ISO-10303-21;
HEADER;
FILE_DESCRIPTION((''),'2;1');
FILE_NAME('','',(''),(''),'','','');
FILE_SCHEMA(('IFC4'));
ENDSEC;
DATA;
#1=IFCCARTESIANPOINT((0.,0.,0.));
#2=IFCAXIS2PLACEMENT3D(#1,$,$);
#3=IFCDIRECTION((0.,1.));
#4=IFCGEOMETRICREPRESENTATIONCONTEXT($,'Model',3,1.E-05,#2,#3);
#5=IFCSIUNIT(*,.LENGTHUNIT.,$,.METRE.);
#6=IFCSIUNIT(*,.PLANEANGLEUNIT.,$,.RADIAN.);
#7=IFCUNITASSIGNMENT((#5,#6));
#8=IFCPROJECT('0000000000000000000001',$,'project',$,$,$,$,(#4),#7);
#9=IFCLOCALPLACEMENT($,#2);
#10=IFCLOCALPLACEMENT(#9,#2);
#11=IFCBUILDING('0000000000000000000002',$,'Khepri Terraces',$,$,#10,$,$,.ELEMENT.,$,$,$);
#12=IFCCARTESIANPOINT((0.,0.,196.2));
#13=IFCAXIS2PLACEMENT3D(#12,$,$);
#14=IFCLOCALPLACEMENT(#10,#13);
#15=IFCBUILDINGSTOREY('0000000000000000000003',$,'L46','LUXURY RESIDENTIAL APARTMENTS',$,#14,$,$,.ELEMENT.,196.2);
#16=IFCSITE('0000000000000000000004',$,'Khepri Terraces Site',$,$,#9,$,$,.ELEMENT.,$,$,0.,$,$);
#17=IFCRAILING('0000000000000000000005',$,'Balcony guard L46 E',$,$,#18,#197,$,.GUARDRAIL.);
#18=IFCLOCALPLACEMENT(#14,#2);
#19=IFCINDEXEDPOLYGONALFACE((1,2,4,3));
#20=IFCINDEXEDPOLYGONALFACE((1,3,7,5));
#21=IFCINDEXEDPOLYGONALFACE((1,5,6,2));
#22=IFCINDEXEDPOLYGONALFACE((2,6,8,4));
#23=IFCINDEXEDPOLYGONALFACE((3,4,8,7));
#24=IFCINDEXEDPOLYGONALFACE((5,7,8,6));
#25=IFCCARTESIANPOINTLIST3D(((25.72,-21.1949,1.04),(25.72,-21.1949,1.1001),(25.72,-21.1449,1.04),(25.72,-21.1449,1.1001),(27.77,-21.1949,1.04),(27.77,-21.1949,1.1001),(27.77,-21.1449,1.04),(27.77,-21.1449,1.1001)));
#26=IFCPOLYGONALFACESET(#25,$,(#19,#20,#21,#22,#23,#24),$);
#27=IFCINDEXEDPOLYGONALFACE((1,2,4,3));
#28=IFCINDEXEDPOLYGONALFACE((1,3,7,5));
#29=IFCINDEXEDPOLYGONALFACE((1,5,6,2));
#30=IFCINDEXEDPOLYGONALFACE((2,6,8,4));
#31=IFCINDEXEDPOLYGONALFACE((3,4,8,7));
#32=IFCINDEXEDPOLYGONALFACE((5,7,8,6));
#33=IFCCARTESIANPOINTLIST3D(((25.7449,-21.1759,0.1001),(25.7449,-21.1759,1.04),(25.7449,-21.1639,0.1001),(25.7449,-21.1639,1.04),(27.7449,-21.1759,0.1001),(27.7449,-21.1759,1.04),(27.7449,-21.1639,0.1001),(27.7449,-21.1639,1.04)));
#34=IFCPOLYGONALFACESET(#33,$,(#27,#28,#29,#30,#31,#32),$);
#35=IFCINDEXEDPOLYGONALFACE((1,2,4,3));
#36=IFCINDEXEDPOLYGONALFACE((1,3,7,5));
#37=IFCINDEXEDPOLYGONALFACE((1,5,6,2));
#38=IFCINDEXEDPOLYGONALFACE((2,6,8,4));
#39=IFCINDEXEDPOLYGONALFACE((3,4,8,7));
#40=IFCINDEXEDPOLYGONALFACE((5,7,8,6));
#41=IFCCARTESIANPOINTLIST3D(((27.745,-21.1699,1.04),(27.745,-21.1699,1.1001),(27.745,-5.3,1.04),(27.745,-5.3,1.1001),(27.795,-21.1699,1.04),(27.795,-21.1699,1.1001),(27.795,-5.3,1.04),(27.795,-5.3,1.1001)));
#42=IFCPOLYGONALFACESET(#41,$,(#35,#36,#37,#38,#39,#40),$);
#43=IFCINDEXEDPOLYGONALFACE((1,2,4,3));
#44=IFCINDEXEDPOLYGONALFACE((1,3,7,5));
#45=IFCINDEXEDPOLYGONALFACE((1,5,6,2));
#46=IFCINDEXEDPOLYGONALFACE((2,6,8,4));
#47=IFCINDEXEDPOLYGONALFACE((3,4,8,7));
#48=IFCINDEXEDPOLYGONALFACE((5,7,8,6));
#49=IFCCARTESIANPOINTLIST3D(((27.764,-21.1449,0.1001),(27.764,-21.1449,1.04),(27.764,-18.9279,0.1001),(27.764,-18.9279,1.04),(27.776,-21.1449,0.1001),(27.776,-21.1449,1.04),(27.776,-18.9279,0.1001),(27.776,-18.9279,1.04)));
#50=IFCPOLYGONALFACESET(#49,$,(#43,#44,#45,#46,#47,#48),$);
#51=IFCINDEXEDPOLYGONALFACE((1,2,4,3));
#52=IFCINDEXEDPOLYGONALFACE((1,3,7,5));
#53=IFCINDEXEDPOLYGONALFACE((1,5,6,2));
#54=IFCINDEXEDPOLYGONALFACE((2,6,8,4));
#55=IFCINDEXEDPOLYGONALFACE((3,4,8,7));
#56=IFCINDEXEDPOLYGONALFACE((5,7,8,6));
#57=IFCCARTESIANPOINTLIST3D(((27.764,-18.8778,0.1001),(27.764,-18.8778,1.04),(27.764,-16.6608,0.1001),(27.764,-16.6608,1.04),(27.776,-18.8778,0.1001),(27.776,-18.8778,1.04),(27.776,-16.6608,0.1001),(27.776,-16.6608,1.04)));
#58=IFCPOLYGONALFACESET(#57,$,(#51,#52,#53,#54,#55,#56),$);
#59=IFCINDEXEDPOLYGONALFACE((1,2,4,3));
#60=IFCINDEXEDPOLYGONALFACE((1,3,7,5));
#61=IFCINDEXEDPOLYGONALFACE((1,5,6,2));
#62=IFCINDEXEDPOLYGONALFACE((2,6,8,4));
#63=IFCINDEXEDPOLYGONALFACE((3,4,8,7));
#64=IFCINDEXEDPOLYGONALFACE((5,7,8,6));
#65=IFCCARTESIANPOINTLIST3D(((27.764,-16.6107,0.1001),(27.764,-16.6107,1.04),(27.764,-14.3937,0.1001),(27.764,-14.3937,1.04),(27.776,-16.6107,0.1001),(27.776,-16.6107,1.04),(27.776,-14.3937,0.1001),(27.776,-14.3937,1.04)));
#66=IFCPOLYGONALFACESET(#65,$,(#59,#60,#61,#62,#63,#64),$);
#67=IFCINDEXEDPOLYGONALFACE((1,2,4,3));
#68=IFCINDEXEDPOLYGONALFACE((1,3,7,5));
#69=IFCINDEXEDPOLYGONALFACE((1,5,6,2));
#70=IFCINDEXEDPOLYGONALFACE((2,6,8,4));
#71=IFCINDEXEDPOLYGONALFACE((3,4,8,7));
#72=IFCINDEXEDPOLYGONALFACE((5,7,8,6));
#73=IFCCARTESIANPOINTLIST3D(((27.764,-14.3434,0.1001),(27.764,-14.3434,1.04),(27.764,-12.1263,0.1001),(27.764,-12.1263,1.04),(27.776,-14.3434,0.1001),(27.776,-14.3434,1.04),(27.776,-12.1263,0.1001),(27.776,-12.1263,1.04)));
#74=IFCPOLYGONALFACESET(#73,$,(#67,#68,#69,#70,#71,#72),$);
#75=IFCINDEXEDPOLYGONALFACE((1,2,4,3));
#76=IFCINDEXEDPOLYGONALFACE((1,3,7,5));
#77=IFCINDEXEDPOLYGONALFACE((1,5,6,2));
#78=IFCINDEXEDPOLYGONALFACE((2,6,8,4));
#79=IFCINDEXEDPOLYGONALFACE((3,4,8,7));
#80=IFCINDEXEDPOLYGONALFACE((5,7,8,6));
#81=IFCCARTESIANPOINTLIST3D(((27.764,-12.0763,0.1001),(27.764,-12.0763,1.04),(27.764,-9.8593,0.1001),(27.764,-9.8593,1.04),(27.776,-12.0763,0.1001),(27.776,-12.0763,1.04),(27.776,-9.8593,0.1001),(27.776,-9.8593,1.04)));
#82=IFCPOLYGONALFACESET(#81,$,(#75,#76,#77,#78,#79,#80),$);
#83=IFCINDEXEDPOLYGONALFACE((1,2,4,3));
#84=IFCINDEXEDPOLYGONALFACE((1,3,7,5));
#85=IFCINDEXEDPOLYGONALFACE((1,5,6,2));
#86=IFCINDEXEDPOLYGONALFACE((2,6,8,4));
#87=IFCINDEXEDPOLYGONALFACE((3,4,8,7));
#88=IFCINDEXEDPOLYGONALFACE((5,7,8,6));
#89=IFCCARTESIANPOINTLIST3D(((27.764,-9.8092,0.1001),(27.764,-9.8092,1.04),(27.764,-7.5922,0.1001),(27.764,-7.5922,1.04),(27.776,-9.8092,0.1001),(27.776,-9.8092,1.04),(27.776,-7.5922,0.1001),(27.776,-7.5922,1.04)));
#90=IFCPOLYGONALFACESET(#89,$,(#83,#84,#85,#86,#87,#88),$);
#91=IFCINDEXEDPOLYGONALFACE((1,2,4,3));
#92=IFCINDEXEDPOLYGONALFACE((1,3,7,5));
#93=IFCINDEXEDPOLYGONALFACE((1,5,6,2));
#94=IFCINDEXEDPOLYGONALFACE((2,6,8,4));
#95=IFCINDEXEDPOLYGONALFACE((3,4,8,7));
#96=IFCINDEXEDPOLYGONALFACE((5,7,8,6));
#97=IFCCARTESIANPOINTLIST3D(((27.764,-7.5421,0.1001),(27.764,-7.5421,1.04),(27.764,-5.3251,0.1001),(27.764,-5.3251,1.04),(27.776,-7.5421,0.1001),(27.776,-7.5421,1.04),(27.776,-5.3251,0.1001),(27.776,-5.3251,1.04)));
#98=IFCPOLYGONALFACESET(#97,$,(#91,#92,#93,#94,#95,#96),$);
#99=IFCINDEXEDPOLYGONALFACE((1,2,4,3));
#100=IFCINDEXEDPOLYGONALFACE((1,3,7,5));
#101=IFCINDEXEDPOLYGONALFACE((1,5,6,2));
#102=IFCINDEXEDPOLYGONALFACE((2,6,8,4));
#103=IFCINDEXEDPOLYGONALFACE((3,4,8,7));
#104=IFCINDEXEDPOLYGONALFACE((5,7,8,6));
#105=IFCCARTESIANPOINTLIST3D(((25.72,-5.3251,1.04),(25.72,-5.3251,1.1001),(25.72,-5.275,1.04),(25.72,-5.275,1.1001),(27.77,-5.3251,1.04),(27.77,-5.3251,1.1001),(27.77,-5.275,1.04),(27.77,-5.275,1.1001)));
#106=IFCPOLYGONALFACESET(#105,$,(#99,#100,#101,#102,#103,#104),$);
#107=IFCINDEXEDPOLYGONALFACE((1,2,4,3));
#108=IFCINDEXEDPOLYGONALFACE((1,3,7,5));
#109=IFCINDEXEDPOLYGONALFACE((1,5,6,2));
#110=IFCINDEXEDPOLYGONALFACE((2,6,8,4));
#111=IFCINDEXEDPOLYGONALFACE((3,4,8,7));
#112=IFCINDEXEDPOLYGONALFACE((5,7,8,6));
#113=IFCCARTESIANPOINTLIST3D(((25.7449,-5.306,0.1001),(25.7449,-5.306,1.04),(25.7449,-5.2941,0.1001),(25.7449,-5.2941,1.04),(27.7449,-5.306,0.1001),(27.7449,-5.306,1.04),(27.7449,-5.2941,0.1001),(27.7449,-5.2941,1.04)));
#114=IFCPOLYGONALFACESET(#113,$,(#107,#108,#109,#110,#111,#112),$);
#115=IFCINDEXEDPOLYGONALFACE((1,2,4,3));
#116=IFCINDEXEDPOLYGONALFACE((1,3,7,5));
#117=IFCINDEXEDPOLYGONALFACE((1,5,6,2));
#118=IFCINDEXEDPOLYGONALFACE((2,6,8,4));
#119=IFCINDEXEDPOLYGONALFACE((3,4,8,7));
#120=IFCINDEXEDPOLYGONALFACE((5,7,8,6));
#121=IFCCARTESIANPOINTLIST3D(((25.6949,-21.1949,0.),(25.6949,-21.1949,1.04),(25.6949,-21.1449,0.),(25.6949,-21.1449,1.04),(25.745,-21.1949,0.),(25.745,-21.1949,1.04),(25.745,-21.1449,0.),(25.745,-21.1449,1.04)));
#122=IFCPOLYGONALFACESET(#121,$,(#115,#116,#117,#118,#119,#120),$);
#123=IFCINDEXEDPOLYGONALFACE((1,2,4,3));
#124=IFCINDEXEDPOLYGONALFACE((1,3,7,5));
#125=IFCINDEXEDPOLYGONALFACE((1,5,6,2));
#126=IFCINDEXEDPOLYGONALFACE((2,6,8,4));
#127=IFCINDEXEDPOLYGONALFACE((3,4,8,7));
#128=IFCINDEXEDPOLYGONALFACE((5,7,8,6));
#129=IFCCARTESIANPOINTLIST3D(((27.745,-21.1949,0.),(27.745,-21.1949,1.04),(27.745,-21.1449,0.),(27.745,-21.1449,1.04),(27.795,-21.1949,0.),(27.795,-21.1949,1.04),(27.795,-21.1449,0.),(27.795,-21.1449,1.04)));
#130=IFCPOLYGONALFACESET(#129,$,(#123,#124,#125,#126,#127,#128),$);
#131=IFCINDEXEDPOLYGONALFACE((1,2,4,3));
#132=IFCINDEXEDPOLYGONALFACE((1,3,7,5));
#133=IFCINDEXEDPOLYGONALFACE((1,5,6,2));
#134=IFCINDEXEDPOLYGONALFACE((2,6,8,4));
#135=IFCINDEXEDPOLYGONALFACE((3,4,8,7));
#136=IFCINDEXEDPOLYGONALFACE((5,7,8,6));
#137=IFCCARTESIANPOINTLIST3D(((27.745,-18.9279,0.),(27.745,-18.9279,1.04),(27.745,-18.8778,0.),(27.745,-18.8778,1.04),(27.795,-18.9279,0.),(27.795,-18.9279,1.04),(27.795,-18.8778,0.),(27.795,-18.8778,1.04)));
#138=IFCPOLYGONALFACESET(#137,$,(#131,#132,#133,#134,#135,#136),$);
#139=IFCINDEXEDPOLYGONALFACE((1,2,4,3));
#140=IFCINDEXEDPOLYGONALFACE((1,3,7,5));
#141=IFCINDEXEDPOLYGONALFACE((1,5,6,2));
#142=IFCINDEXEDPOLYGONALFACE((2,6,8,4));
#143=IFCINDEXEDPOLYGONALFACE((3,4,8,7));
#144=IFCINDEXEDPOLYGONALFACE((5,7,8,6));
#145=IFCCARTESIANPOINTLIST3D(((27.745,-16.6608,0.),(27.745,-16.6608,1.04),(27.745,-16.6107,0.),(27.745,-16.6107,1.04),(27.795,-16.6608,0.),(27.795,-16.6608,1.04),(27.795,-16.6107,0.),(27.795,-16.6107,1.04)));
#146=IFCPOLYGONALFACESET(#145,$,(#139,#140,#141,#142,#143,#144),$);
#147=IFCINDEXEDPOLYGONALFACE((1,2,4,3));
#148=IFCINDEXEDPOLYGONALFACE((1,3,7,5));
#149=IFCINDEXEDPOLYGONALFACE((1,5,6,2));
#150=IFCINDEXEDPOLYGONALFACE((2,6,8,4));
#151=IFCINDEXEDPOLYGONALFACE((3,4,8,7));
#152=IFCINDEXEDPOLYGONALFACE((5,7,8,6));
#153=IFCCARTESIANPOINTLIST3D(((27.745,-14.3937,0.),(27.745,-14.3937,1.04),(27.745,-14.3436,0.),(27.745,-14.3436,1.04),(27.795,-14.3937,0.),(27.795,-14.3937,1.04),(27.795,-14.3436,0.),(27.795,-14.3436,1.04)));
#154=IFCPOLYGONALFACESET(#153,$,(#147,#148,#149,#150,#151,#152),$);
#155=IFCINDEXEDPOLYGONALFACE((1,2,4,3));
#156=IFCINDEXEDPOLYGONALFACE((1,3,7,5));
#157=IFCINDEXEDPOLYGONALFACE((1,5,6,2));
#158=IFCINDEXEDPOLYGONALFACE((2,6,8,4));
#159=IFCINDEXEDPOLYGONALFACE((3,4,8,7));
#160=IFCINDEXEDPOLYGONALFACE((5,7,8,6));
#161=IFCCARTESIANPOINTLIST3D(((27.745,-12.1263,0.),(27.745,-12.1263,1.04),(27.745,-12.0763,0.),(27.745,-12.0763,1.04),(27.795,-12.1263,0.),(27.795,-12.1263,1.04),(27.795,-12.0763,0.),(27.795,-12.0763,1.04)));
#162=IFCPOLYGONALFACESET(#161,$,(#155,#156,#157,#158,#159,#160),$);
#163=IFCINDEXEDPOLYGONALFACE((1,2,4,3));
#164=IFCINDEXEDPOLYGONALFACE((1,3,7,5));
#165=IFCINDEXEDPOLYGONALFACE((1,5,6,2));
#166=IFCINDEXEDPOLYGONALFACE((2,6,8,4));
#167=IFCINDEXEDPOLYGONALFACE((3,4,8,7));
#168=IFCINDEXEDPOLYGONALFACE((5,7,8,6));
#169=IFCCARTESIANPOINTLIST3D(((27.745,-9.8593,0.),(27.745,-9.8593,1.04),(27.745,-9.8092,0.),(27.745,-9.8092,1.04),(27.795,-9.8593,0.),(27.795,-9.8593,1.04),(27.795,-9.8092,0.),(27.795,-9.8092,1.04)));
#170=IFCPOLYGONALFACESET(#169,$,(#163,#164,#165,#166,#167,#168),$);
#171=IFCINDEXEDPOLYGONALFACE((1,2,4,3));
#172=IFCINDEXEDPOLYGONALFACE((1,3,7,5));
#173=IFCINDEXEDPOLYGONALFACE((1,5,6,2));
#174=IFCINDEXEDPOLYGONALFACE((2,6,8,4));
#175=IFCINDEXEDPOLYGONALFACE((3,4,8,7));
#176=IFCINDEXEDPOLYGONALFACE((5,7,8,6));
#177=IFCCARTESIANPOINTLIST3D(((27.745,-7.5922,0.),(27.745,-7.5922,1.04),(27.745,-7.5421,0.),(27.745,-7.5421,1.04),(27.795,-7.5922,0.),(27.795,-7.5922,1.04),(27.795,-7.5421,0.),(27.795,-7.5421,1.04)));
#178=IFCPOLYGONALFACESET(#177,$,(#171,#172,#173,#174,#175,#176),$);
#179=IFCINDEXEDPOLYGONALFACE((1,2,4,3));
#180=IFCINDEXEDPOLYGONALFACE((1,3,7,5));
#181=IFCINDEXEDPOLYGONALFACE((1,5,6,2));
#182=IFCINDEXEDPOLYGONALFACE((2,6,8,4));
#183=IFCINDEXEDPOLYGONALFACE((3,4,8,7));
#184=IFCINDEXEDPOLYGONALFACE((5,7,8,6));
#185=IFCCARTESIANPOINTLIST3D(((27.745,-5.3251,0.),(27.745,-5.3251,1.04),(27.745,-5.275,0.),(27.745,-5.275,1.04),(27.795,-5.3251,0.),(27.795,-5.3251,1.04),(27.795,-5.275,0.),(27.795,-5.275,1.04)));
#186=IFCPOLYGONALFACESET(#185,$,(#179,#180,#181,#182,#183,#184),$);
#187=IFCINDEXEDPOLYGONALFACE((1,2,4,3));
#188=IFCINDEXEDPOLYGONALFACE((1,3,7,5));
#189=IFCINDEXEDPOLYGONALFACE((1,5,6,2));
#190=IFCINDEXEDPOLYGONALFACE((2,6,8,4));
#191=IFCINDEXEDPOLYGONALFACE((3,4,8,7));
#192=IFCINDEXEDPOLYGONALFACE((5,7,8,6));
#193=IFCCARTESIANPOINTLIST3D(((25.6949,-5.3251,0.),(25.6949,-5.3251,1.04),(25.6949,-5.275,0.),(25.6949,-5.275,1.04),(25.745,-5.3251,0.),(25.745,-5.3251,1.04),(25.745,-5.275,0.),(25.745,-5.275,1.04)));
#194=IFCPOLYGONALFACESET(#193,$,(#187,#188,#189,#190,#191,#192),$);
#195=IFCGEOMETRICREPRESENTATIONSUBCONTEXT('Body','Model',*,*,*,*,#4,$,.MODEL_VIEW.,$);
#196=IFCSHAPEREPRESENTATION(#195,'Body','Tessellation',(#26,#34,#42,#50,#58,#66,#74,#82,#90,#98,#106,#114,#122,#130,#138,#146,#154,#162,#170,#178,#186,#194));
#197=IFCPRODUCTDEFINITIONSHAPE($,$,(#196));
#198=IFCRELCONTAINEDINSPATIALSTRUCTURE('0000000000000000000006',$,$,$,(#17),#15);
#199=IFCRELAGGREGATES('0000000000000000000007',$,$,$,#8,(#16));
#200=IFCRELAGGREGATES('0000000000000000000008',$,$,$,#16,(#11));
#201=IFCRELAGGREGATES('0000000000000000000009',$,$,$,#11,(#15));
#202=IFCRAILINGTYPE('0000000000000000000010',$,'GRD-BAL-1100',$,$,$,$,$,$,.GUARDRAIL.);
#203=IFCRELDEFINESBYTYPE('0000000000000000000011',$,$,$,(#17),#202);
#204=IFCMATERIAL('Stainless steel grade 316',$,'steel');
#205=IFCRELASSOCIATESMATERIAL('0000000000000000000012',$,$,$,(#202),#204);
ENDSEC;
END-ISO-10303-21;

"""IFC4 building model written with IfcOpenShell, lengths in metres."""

from ifc_helpers import new_model, si_unit, direction, frame, origin, origin_2d, place, context, subcontext, project, spatial, rectangle, extrude, material, type_object, element, save


model = new_model("IFC4")

# Units and contexts
model_context = context("Model", 3, precision=1e-05, world=origin(), true_north=direction((0.0, 1.0)))
body_context = subcontext(model_context, "Body", "Model", "MODEL_VIEW")
ifc_project = project(units=[si_unit("LENGTHUNIT", "METRE"), si_unit("PLANEANGLEUNIT", "RADIAN")], contexts=[model_context])

# Site, building, storey
site_placement = place(None, origin())
site = spatial("IfcSite", under=ifc_project, at=site_placement, Name="Khepri Terraces Site", CompositionType="ELEMENT", RefElevation=0.0)
building_placement = place(site_placement, origin())
building = spatial("IfcBuilding", under=site, at=building_placement, Name="Khepri Terraces", CompositionType="ELEMENT")
storey_placement = place(building_placement, frame((0.0, 0.0, 196.2)))
storey = spatial("IfcBuildingStorey", under=building, at=storey_placement, Name="L46", Description="LUXURY RESIDENTIAL APARTMENTS", CompositionType="ELEMENT", Elevation=196.2)

# Railing
ifc_material_1 = material(Name="Stainless steel grade 316", Category="steel")
railing_type = type_object("IfcRailingType", Name="GRD-BAL-1100", PredefinedType="GUARDRAIL", material=ifc_material_1)
railing_placement = place(storey_placement, frame((25.72, -21.1699, 0.0)))
element("IfcRailing", 1, at=railing_placement, inside=storey, type_object=railing_type, Name="Balcony guard L46 E", PredefinedType="GUARDRAIL", context=body_context, shape_type="SweptSolid", body=[
    extrude(rectangle(XDim=0.05, YDim=0.0601, at=origin_2d()), frame((0.0, 0.0, 1.0701), z_axis=(1.0, 0.0, 0.0), x_axis=(0.0, 1.0, 0.0)), (0.0, 0.0, 1.0), 2.05),
    extrude(rectangle(XDim=2.0, YDim=0.012, at=origin_2d()), frame((1.0249, 0.0, 0.1001), z_axis=(0.0, 0.0, 1.0), x_axis=(1.0, 0.0, 0.0)), (0.0, 0.0, 1.0), 0.9399),
    extrude(rectangle(XDim=0.05, YDim=0.0601, at=origin_2d()), frame((2.05, 0.0, 1.0701), z_axis=(0.0, 1.0, 0.0), x_axis=(-1.0, 0.0, 0.0)), (0.0, 0.0, 1.0), 15.8699),
    extrude(rectangle(XDim=2.217, YDim=0.012, at=origin_2d()), frame((2.05, 1.1335, 0.1001), z_axis=(0.0, 0.0, 1.0), x_axis=(0.0, 1.0, 0.0)), (0.0, 0.0, 1.0), 0.9399),
    extrude(rectangle(XDim=2.217, YDim=0.012, at=origin_2d()), frame((2.05, 3.4006, 0.1001), z_axis=(0.0, 0.0, 1.0), x_axis=(0.0, 1.0, 0.0)), (0.0, 0.0, 1.0), 0.9399),
    extrude(rectangle(XDim=2.217, YDim=0.012, at=origin_2d()), frame((2.05, 5.6677, 0.1001), z_axis=(0.0, 0.0, 1.0), x_axis=(0.0, 1.0, 0.0)), (0.0, 0.0, 1.0), 0.9399),
    extrude(rectangle(XDim=2.217, YDim=0.012, at=origin_2d()), frame((2.05, 7.9351, 0.1001), z_axis=(0.0, 0.0, 1.0), x_axis=(0.0, 1.0, 0.0)), (0.0, 0.0, 1.0), 0.9399),
    extrude(rectangle(XDim=2.217, YDim=0.012, at=origin_2d()), frame((2.05, 10.2021, 0.1001), z_axis=(0.0, 0.0, 1.0), x_axis=(0.0, 1.0, 0.0)), (0.0, 0.0, 1.0), 0.9399),
    extrude(rectangle(XDim=2.217, YDim=0.012, at=origin_2d()), frame((2.05, 12.4692, 0.1001), z_axis=(0.0, 0.0, 1.0), x_axis=(0.0, 1.0, 0.0)), (0.0, 0.0, 1.0), 0.9399),
    extrude(rectangle(XDim=2.217, YDim=0.012, at=origin_2d()), frame((2.05, 14.7363, 0.1001), z_axis=(0.0, 0.0, 1.0), x_axis=(0.0, 1.0, 0.0)), (0.0, 0.0, 1.0), 0.9399),
    extrude(rectangle(XDim=0.05, YDim=0.0601, at=origin_2d()), frame((2.05, 15.8699, 1.0701), z_axis=(-1.0, 0.0, 0.0), x_axis=(0.0, -1.0, 0.0)), (0.0, 0.0, 1.0), 2.05),
    extrude(rectangle(XDim=2.0, YDim=0.012, at=origin_2d()), frame((1.0249, 15.8699, 0.1001), z_axis=(0.0, 0.0, 1.0), x_axis=(-1.0, 0.0, 0.0)), (0.0, 0.0, 1.0), 0.9399),
    extrude(rectangle(XDim=0.05, YDim=0.05, at=origin_2d()), origin(), (0.0, 0.0, 1.0), 1.04),
    extrude(rectangle(XDim=0.05, YDim=0.05, at=origin_2d()), frame((2.05, 0.0, 0.0)), (0.0, 0.0, 1.0), 1.04),
    extrude(rectangle(XDim=0.05, YDim=0.05, at=origin_2d()), frame((2.05, 2.2671, 0.0)), (0.0, 0.0, 1.0), 1.04),
    extrude(rectangle(XDim=0.05, YDim=0.05, at=origin_2d()), frame((2.05, 4.5342, 0.0)), (0.0, 0.0, 1.0), 1.04),
    extrude(rectangle(XDim=0.05, YDim=0.05, at=origin_2d()), frame((2.05, 6.8013, 0.0)), (0.0, 0.0, 1.0), 1.04),
    extrude(rectangle(XDim=0.05, YDim=0.05, at=origin_2d()), frame((2.05, 9.0686, 0.0)), (0.0, 0.0, 1.0), 1.04),
    extrude(rectangle(XDim=0.05, YDim=0.05, at=origin_2d()), frame((2.05, 11.3357, 0.0)), (0.0, 0.0, 1.0), 1.04),
    extrude(rectangle(XDim=0.05, YDim=0.05, at=origin_2d()), frame((2.05, 13.6028, 0.0)), (0.0, 0.0, 1.0), 1.04),
    extrude(rectangle(XDim=0.05, YDim=0.05, at=origin_2d()), frame((2.05, 15.8699, 0.0)), (0.0, 0.0, 1.0), 1.04),
    extrude(rectangle(XDim=0.05, YDim=0.05, at=origin_2d()), frame((0.0, 15.8699, 0.0)), (0.0, 0.0, 1.0), 1.04),
])

save(model, "model.ifc")
